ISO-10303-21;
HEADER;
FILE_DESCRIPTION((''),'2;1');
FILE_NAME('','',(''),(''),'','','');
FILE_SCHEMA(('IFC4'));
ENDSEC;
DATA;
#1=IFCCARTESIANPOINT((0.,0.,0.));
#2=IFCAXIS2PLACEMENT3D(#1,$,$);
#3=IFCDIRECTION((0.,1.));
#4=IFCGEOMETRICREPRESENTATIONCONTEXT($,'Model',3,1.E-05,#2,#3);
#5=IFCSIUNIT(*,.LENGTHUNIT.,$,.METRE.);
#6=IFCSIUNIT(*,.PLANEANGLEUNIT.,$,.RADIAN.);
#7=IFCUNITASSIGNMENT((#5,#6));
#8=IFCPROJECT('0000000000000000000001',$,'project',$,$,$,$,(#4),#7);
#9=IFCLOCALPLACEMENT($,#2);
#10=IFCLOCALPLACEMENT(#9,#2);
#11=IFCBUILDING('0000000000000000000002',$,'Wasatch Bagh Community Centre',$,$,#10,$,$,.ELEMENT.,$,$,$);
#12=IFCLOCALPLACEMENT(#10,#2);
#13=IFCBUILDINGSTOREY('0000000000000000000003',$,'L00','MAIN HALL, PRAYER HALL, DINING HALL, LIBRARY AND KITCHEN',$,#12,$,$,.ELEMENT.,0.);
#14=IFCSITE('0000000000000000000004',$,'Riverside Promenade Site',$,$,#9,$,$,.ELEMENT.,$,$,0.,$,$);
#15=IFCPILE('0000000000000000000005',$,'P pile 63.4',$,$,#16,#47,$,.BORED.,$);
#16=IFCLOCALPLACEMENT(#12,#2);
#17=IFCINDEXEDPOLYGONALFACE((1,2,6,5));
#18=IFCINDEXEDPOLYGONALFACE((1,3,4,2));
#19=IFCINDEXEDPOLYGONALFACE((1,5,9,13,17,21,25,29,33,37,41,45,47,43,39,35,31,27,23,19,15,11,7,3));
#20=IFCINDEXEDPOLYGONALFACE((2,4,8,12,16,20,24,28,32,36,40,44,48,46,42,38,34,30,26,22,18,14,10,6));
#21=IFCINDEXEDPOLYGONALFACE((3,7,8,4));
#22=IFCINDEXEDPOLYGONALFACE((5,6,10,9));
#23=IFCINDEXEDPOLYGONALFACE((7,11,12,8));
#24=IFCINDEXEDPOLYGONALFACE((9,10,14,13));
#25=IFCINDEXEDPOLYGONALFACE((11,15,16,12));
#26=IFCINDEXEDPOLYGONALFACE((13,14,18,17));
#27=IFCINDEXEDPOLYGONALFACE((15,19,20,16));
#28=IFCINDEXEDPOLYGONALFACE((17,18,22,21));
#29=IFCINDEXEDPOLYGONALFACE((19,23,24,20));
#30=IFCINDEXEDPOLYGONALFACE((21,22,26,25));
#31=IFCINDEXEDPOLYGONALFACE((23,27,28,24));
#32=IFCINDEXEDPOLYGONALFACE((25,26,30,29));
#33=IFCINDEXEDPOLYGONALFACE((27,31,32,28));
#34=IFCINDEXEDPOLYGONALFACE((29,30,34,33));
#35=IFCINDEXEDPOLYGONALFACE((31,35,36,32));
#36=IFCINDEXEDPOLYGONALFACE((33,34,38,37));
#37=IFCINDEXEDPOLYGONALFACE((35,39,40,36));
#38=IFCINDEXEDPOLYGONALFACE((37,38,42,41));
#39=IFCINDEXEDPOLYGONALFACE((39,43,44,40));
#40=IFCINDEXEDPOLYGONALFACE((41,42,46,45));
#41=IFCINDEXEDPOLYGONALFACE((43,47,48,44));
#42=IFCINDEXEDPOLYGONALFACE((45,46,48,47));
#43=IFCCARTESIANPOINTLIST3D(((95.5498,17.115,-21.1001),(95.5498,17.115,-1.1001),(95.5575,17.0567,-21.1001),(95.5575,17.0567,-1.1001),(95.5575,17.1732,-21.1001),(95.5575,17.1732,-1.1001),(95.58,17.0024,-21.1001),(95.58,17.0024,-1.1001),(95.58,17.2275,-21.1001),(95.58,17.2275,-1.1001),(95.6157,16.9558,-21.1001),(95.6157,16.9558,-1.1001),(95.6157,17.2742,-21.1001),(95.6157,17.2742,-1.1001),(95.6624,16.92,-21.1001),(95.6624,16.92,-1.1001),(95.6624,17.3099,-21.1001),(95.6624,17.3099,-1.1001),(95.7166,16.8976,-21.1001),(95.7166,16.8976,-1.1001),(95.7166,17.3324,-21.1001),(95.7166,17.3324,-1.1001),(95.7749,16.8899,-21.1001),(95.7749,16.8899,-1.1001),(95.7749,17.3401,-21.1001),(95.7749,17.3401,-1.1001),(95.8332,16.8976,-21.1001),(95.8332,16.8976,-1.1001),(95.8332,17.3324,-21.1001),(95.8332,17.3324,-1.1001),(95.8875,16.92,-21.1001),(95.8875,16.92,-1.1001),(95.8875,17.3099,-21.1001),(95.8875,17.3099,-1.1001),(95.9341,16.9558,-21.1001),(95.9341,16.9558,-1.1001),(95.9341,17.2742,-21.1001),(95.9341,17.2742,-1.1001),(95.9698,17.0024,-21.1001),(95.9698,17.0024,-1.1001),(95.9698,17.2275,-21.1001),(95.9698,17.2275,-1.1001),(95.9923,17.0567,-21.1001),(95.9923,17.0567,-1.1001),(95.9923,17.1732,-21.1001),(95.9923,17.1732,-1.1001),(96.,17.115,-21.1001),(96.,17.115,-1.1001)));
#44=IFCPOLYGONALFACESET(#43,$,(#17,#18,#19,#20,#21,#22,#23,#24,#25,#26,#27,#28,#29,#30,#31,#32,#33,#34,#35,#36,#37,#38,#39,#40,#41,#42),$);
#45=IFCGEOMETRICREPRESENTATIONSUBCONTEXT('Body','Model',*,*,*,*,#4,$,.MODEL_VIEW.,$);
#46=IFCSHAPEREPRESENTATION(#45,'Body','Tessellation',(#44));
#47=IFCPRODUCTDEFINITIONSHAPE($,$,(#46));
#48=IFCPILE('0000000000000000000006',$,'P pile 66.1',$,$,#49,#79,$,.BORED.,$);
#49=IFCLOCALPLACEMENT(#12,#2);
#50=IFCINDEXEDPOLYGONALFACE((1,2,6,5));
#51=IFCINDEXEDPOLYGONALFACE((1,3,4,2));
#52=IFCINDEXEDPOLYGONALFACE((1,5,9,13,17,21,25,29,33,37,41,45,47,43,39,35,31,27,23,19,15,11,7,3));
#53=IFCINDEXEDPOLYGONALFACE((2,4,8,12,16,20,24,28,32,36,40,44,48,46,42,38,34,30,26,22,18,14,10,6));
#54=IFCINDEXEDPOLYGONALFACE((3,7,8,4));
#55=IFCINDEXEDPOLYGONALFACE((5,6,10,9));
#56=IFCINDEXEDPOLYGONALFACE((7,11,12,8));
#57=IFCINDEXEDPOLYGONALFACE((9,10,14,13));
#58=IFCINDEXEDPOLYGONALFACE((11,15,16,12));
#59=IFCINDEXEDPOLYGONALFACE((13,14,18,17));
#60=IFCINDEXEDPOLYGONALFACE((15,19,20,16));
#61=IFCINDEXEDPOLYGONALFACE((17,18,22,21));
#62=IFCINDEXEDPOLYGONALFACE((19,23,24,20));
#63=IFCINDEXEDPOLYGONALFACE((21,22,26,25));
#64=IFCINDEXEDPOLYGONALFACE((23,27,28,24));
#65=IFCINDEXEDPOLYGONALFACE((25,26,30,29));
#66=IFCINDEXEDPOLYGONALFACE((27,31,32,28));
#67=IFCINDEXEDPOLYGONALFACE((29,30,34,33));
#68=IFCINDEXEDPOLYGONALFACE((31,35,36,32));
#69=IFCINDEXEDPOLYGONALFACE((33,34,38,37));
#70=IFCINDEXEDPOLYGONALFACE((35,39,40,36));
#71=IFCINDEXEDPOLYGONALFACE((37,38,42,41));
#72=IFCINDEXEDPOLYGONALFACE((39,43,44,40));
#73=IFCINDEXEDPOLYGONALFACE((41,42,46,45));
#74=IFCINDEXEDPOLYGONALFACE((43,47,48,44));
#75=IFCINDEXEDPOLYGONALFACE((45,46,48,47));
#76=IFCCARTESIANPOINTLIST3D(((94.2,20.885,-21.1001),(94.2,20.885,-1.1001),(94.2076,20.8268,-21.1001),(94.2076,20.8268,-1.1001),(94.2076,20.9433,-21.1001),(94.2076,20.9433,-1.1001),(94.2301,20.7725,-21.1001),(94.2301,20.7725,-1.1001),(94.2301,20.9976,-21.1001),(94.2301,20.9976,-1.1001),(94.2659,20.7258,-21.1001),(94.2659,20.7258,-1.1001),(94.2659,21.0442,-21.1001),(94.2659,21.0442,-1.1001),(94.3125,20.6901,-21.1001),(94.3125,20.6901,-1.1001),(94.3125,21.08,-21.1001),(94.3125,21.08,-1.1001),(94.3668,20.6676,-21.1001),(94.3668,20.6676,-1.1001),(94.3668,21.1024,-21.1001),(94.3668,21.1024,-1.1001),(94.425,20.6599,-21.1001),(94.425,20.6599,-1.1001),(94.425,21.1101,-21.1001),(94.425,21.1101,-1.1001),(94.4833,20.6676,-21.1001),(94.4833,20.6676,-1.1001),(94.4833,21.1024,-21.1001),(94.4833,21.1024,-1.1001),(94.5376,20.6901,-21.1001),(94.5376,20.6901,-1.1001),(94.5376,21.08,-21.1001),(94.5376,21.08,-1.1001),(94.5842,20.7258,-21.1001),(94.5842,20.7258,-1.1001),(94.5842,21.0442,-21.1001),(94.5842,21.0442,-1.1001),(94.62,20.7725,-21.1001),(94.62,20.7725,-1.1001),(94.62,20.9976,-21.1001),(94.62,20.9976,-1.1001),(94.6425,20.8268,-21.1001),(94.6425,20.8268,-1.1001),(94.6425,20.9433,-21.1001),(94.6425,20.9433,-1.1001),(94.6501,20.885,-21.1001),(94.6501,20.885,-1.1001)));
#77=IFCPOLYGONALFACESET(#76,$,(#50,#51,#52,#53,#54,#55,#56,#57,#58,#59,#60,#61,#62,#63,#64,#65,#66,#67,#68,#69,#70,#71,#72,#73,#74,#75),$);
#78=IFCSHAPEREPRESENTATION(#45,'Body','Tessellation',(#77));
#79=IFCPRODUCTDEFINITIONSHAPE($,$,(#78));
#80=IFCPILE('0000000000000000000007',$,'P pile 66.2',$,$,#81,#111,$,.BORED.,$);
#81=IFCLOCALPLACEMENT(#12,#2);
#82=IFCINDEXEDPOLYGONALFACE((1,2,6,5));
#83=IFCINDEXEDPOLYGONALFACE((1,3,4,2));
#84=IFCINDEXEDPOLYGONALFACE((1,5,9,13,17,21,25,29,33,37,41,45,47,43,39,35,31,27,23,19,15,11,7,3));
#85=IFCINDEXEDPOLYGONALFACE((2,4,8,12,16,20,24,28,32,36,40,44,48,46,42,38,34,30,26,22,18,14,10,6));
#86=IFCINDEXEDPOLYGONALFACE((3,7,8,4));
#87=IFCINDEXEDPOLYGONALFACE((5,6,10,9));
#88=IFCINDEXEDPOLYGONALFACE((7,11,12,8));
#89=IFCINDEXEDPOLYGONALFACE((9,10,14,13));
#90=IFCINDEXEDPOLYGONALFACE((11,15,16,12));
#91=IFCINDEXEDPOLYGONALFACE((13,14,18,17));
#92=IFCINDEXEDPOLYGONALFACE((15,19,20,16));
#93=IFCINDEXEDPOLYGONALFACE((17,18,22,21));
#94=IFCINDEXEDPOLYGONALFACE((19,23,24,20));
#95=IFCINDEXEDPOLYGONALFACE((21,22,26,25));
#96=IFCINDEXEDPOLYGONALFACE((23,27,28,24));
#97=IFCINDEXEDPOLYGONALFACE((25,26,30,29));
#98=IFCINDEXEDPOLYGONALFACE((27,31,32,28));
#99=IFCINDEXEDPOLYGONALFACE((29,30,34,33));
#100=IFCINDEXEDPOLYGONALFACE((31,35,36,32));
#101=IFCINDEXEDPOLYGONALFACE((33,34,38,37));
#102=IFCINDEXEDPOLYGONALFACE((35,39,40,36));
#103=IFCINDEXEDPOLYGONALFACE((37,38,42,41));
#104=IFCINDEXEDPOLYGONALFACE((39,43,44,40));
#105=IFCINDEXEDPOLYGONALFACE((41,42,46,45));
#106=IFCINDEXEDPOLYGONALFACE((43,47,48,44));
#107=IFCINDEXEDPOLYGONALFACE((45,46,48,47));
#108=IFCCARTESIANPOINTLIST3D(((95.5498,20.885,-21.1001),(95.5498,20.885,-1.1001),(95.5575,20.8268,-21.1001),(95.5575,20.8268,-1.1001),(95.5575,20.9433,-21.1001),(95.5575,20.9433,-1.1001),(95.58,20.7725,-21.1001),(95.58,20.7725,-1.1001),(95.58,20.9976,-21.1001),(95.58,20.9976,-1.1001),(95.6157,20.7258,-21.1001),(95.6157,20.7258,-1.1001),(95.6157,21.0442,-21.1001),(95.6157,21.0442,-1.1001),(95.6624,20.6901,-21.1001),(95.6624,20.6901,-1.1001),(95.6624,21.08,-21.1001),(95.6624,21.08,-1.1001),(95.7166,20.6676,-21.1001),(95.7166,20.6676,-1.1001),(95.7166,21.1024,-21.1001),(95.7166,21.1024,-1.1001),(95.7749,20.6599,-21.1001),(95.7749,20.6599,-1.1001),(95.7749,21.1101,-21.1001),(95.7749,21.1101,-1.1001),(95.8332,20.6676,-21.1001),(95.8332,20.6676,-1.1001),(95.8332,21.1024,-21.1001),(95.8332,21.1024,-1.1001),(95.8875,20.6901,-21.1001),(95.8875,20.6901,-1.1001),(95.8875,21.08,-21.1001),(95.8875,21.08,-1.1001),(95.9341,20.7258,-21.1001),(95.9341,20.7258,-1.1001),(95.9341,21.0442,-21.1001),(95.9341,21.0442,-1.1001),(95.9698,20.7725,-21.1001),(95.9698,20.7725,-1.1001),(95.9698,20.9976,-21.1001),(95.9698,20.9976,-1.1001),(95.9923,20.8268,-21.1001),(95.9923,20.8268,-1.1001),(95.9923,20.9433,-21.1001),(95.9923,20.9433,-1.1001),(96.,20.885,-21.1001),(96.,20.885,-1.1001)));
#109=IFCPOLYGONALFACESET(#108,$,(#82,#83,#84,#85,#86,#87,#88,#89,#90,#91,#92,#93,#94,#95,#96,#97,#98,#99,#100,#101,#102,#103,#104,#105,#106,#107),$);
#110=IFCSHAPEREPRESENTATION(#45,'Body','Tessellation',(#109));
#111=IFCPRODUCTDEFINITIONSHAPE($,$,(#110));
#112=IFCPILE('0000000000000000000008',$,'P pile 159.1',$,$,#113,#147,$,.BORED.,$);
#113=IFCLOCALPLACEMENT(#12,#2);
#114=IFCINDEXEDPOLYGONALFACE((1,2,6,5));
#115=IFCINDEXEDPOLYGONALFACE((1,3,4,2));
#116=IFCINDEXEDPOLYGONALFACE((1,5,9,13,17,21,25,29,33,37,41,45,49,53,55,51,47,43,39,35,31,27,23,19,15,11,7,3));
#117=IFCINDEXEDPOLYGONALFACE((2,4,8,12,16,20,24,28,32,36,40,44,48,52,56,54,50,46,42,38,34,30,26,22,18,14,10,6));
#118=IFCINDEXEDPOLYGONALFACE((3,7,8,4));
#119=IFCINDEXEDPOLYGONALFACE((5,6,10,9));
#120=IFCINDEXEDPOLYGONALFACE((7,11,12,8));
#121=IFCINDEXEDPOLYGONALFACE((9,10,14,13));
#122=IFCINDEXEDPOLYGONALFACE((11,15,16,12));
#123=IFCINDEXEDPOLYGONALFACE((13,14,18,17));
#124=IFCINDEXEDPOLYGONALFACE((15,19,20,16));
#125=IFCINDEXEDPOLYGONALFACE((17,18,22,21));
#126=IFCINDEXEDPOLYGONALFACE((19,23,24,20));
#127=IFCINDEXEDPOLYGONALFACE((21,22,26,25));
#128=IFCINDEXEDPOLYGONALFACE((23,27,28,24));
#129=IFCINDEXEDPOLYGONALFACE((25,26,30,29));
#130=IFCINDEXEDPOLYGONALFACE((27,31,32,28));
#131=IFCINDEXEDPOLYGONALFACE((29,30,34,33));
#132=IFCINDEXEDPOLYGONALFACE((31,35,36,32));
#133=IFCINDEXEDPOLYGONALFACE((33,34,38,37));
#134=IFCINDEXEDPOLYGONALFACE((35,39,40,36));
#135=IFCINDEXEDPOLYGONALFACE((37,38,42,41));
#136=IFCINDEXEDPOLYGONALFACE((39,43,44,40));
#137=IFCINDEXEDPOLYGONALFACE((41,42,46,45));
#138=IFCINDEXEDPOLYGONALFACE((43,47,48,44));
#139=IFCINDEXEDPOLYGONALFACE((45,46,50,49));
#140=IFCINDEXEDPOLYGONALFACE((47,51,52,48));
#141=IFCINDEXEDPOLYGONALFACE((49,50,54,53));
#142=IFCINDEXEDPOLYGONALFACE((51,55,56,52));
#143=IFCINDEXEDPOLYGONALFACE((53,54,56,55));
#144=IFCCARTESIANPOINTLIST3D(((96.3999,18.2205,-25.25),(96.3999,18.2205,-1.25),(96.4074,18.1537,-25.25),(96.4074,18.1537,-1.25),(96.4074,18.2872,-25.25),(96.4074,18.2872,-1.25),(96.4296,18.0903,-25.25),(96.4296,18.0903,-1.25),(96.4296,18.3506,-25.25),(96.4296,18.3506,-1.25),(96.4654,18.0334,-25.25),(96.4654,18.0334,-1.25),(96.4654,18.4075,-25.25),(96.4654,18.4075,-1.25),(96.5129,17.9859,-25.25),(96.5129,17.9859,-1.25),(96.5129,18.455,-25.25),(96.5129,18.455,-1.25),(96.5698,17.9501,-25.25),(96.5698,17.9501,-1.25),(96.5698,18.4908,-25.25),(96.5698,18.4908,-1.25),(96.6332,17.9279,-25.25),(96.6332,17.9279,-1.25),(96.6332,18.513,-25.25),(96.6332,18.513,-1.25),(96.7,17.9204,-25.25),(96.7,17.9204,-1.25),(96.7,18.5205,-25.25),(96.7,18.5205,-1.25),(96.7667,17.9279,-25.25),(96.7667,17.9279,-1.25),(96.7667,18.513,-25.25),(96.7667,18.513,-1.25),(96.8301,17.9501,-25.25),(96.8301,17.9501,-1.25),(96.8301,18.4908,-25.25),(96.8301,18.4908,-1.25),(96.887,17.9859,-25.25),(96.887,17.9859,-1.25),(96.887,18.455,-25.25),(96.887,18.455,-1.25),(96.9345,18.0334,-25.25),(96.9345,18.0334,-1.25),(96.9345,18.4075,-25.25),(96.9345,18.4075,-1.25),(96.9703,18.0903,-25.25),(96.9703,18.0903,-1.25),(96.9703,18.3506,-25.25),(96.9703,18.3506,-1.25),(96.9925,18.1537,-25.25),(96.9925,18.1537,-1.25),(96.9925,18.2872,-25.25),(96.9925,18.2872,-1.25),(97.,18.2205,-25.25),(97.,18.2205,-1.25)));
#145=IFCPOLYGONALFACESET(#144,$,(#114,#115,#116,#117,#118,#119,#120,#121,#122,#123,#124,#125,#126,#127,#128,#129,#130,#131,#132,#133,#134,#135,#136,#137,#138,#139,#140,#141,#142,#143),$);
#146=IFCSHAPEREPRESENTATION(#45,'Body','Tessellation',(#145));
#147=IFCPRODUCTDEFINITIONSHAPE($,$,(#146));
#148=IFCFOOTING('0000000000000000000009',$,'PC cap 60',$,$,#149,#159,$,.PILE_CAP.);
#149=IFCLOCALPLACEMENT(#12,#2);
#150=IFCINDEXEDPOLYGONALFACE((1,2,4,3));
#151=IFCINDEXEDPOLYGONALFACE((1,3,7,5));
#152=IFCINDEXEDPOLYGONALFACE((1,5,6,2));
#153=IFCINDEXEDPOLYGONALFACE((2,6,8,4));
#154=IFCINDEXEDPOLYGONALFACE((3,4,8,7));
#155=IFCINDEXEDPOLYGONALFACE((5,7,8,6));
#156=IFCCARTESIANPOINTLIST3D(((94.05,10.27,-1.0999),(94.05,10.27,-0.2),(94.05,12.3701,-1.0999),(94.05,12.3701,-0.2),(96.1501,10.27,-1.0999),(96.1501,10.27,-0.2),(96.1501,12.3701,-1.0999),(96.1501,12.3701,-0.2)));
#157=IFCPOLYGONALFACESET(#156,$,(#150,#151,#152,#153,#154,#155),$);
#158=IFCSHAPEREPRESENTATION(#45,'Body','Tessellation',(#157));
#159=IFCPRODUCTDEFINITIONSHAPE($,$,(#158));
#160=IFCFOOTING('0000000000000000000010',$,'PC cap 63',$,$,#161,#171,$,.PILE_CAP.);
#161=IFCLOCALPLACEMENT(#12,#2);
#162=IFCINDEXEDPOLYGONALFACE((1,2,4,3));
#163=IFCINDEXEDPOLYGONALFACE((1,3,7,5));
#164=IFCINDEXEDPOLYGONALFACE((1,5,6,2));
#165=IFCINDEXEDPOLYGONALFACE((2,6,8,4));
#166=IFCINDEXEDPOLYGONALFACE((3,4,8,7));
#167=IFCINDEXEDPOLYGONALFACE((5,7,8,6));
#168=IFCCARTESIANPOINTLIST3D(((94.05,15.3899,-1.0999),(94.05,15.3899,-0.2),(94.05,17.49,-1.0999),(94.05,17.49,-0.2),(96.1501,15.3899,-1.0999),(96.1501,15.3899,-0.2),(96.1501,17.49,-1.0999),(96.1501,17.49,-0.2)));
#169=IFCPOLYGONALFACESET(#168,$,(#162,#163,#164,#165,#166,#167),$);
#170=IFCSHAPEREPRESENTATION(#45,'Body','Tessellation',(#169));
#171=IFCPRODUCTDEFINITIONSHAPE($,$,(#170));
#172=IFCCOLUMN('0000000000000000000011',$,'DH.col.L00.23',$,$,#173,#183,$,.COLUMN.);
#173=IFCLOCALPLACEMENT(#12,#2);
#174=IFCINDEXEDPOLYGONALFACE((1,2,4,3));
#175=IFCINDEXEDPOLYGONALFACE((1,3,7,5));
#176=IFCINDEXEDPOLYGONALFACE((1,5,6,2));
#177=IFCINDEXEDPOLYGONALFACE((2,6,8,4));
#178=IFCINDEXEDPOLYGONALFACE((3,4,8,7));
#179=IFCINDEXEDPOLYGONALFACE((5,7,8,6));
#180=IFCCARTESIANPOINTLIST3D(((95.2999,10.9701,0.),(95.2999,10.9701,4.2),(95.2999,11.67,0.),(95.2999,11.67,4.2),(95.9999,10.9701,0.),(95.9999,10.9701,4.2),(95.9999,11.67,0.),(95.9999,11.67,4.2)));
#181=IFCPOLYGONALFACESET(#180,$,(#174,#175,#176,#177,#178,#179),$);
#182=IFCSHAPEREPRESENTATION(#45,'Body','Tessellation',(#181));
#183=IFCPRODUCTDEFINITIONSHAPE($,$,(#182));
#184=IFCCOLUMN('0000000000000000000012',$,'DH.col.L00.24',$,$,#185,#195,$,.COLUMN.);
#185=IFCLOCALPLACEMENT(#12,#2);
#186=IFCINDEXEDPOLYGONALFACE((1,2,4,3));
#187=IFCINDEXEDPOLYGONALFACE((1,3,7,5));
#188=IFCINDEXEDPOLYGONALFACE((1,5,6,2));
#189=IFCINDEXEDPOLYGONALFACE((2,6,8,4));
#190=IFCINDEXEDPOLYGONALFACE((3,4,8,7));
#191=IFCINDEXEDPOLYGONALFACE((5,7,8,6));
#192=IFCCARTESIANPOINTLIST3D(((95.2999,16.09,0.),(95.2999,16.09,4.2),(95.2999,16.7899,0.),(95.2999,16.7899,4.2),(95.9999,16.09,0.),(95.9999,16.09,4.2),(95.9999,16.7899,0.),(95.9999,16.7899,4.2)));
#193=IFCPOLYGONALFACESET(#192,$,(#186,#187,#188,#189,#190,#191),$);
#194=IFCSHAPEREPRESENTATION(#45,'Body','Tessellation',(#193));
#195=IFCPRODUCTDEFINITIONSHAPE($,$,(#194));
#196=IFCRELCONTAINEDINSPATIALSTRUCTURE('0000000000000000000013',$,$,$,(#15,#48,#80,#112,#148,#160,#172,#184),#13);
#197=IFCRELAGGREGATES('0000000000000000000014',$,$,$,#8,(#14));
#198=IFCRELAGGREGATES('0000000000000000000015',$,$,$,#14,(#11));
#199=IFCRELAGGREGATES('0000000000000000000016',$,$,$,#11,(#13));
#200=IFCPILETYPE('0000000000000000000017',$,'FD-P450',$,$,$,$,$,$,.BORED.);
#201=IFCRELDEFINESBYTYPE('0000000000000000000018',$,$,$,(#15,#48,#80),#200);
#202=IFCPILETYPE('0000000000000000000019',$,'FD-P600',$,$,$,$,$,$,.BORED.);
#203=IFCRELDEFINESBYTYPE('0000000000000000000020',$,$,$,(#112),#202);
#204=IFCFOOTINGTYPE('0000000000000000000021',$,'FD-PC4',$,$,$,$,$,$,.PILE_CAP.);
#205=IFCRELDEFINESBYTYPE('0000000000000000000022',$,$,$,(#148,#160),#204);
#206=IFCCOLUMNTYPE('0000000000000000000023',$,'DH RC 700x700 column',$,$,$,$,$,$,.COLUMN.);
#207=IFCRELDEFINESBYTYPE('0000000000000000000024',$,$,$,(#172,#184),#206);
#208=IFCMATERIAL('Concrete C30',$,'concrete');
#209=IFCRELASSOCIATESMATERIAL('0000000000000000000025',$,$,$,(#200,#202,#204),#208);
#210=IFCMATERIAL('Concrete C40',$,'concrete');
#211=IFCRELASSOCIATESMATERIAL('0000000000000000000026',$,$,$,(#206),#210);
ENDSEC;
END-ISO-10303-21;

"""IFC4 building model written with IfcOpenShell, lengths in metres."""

from ifc_helpers import new_model, si_unit, direction, frame, origin, origin_2d, place, context, subcontext, project, spatial, rectangle, circle, extrude, material, material_profile, profile_set, type_object, element, save


model = new_model("IFC4")

# Units and contexts
model_context = context("Model", 3, precision=1e-05, world=origin(), true_north=direction((0.0, 1.0)))
body_context = subcontext(model_context, "Body", "Model", "MODEL_VIEW")
ifc_project = project(units=[si_unit("LENGTHUNIT", "METRE"), si_unit("PLANEANGLEUNIT", "RADIAN")], contexts=[model_context])

# Site, building, storey
site_placement = place(None, origin())
site = spatial("IfcSite", under=ifc_project, at=site_placement, Name="Riverside Promenade Site", CompositionType="ELEMENT", RefElevation=0.0)
building_placement = place(site_placement, origin())
building = spatial("IfcBuilding", under=site, at=building_placement, Name="Wasatch Bagh Community Centre", CompositionType="ELEMENT")
storey_placement = place(building_placement, origin())
storey = spatial("IfcBuildingStorey", under=building, at=storey_placement, Name="L00", Description="MAIN HALL, PRAYER HALL, DINING HALL, LIBRARY AND KITCHEN", CompositionType="ELEMENT", Elevation=0.0)

# Piles
ifc_material_1 = material(Name="Concrete C30", Category="concrete")
ifc_material_profile_1 = material_profile(ifc_material_1, circle(Radius=0.2251, at=origin_2d()), Name="RC D450")
ifc_profile_set_1 = profile_set([ifc_material_profile_1], Name="Concrete C30")
pile_type_1 = type_object("IfcPileType", Name="FD-P450", PredefinedType="BORED", material=ifc_profile_set_1)
for number, where, z_axis, x_axis, name in (
    (1, (95.7749, 17.115, -1.1001), (0.0, 0.0, -1.0), (1.0, 0.0, 0.0), "P pile 63.4"),
    (2, (94.425, 20.885, -1.1001), (0.0, 0.0, -1.0), (1.0, 0.0, 0.0), "P pile 66.1"),
    (3, (95.7749, 20.885, -1.1001), (0.0, 0.0, -1.0), (1.0, 0.0, 0.0), "P pile 66.2"),
):
    element("IfcPile", number, at=place(storey_placement, frame(where, z_axis=z_axis, x_axis=x_axis)), inside=storey, type_object=pile_type_1, Name=name, PredefinedType="BORED", context=body_context, shape_type="SweptSolid", body=[
        extrude(circle(Radius=0.2251, at=origin_2d()), origin(), (0.0, 0.0, 1.0), 20.0),
    ])
ifc_material_profile_2 = material_profile(ifc_material_1, circle(Radius=0.3, at=origin_2d()), Name="RC D600")
ifc_profile_set_2 = profile_set([ifc_material_profile_2], Name="Concrete C30")
pile_type_2 = type_object("IfcPileType", Name="FD-P600", PredefinedType="BORED", material=ifc_profile_set_2)
pile_placement = place(storey_placement, frame((96.7, 18.2205, -1.25), z_axis=(0.0, 0.0, -1.0), x_axis=(1.0, 0.0, 0.0)))
element("IfcPile", 4, at=pile_placement, inside=storey, type_object=pile_type_2, Name="P pile 159.1", PredefinedType="BORED", context=body_context, shape_type="SweptSolid", body=[
    extrude(circle(Radius=0.3, at=origin_2d()), origin(), (0.0, 0.0, 1.0), 24.0),
])

# Footings
footing_type_1 = type_object("IfcFootingType", Name="FD-PC4", PredefinedType="PILE_CAP", material=ifc_material_1)
for number, where, z_axis, x_axis, name in (
    (5, (95.1001, 11.3201, -1.0999), (0.0, 0.0, 1.0), (1.0, 0.0, 0.0), "PC cap 60"),
    (6, (95.1001, 16.4399, -1.0999), (0.0, 0.0, 1.0), (1.0, 0.0, 0.0), "PC cap 63"),
):
    element("IfcFooting", number, at=place(storey_placement, frame(where, z_axis=z_axis, x_axis=x_axis)), inside=storey, type_object=footing_type_1, Name=name, PredefinedType="PILE_CAP", context=body_context, shape_type="SweptSolid", body=[
        extrude(rectangle(XDim=2.1001, YDim=2.1001, at=origin_2d()), origin(), (0.0, 0.0, 1.0), 0.8999),
    ])

# Columns
ifc_material_2 = material(Name="Concrete C40", Category="concrete")
ifc_material_profile_3 = material_profile(ifc_material_2, rectangle(XDim=0.7, YDim=0.7, at=origin_2d()), Name="RC 700x700")
ifc_profile_set_3 = profile_set([ifc_material_profile_3], Name="Concrete C40")
column_type_1 = type_object("IfcColumnType", Name="DH RC 700x700 column", PredefinedType="COLUMN", material=ifc_profile_set_3)
for number, where, z_axis, x_axis, name in (
    (7, (95.6499, 11.3201, 0.0), (0.0, 0.0, 1.0), (1.0, 0.0, 0.0), "DH.col.L00.23"),
    (8, (95.6499, 16.4399, 0.0), (0.0, 0.0, 1.0), (1.0, 0.0, 0.0), "DH.col.L00.24"),
):
    element("IfcColumn", number, at=place(storey_placement, frame(where, z_axis=z_axis, x_axis=x_axis)), inside=storey, type_object=column_type_1, Name=name, PredefinedType="COLUMN", context=body_context, shape_type="SweptSolid", body=[
        extrude(rectangle(XDim=0.7, YDim=0.7, at=origin_2d()), origin(), (0.0, 0.0, 1.0), 4.2),
    ])

save(model, "model.ifc")
